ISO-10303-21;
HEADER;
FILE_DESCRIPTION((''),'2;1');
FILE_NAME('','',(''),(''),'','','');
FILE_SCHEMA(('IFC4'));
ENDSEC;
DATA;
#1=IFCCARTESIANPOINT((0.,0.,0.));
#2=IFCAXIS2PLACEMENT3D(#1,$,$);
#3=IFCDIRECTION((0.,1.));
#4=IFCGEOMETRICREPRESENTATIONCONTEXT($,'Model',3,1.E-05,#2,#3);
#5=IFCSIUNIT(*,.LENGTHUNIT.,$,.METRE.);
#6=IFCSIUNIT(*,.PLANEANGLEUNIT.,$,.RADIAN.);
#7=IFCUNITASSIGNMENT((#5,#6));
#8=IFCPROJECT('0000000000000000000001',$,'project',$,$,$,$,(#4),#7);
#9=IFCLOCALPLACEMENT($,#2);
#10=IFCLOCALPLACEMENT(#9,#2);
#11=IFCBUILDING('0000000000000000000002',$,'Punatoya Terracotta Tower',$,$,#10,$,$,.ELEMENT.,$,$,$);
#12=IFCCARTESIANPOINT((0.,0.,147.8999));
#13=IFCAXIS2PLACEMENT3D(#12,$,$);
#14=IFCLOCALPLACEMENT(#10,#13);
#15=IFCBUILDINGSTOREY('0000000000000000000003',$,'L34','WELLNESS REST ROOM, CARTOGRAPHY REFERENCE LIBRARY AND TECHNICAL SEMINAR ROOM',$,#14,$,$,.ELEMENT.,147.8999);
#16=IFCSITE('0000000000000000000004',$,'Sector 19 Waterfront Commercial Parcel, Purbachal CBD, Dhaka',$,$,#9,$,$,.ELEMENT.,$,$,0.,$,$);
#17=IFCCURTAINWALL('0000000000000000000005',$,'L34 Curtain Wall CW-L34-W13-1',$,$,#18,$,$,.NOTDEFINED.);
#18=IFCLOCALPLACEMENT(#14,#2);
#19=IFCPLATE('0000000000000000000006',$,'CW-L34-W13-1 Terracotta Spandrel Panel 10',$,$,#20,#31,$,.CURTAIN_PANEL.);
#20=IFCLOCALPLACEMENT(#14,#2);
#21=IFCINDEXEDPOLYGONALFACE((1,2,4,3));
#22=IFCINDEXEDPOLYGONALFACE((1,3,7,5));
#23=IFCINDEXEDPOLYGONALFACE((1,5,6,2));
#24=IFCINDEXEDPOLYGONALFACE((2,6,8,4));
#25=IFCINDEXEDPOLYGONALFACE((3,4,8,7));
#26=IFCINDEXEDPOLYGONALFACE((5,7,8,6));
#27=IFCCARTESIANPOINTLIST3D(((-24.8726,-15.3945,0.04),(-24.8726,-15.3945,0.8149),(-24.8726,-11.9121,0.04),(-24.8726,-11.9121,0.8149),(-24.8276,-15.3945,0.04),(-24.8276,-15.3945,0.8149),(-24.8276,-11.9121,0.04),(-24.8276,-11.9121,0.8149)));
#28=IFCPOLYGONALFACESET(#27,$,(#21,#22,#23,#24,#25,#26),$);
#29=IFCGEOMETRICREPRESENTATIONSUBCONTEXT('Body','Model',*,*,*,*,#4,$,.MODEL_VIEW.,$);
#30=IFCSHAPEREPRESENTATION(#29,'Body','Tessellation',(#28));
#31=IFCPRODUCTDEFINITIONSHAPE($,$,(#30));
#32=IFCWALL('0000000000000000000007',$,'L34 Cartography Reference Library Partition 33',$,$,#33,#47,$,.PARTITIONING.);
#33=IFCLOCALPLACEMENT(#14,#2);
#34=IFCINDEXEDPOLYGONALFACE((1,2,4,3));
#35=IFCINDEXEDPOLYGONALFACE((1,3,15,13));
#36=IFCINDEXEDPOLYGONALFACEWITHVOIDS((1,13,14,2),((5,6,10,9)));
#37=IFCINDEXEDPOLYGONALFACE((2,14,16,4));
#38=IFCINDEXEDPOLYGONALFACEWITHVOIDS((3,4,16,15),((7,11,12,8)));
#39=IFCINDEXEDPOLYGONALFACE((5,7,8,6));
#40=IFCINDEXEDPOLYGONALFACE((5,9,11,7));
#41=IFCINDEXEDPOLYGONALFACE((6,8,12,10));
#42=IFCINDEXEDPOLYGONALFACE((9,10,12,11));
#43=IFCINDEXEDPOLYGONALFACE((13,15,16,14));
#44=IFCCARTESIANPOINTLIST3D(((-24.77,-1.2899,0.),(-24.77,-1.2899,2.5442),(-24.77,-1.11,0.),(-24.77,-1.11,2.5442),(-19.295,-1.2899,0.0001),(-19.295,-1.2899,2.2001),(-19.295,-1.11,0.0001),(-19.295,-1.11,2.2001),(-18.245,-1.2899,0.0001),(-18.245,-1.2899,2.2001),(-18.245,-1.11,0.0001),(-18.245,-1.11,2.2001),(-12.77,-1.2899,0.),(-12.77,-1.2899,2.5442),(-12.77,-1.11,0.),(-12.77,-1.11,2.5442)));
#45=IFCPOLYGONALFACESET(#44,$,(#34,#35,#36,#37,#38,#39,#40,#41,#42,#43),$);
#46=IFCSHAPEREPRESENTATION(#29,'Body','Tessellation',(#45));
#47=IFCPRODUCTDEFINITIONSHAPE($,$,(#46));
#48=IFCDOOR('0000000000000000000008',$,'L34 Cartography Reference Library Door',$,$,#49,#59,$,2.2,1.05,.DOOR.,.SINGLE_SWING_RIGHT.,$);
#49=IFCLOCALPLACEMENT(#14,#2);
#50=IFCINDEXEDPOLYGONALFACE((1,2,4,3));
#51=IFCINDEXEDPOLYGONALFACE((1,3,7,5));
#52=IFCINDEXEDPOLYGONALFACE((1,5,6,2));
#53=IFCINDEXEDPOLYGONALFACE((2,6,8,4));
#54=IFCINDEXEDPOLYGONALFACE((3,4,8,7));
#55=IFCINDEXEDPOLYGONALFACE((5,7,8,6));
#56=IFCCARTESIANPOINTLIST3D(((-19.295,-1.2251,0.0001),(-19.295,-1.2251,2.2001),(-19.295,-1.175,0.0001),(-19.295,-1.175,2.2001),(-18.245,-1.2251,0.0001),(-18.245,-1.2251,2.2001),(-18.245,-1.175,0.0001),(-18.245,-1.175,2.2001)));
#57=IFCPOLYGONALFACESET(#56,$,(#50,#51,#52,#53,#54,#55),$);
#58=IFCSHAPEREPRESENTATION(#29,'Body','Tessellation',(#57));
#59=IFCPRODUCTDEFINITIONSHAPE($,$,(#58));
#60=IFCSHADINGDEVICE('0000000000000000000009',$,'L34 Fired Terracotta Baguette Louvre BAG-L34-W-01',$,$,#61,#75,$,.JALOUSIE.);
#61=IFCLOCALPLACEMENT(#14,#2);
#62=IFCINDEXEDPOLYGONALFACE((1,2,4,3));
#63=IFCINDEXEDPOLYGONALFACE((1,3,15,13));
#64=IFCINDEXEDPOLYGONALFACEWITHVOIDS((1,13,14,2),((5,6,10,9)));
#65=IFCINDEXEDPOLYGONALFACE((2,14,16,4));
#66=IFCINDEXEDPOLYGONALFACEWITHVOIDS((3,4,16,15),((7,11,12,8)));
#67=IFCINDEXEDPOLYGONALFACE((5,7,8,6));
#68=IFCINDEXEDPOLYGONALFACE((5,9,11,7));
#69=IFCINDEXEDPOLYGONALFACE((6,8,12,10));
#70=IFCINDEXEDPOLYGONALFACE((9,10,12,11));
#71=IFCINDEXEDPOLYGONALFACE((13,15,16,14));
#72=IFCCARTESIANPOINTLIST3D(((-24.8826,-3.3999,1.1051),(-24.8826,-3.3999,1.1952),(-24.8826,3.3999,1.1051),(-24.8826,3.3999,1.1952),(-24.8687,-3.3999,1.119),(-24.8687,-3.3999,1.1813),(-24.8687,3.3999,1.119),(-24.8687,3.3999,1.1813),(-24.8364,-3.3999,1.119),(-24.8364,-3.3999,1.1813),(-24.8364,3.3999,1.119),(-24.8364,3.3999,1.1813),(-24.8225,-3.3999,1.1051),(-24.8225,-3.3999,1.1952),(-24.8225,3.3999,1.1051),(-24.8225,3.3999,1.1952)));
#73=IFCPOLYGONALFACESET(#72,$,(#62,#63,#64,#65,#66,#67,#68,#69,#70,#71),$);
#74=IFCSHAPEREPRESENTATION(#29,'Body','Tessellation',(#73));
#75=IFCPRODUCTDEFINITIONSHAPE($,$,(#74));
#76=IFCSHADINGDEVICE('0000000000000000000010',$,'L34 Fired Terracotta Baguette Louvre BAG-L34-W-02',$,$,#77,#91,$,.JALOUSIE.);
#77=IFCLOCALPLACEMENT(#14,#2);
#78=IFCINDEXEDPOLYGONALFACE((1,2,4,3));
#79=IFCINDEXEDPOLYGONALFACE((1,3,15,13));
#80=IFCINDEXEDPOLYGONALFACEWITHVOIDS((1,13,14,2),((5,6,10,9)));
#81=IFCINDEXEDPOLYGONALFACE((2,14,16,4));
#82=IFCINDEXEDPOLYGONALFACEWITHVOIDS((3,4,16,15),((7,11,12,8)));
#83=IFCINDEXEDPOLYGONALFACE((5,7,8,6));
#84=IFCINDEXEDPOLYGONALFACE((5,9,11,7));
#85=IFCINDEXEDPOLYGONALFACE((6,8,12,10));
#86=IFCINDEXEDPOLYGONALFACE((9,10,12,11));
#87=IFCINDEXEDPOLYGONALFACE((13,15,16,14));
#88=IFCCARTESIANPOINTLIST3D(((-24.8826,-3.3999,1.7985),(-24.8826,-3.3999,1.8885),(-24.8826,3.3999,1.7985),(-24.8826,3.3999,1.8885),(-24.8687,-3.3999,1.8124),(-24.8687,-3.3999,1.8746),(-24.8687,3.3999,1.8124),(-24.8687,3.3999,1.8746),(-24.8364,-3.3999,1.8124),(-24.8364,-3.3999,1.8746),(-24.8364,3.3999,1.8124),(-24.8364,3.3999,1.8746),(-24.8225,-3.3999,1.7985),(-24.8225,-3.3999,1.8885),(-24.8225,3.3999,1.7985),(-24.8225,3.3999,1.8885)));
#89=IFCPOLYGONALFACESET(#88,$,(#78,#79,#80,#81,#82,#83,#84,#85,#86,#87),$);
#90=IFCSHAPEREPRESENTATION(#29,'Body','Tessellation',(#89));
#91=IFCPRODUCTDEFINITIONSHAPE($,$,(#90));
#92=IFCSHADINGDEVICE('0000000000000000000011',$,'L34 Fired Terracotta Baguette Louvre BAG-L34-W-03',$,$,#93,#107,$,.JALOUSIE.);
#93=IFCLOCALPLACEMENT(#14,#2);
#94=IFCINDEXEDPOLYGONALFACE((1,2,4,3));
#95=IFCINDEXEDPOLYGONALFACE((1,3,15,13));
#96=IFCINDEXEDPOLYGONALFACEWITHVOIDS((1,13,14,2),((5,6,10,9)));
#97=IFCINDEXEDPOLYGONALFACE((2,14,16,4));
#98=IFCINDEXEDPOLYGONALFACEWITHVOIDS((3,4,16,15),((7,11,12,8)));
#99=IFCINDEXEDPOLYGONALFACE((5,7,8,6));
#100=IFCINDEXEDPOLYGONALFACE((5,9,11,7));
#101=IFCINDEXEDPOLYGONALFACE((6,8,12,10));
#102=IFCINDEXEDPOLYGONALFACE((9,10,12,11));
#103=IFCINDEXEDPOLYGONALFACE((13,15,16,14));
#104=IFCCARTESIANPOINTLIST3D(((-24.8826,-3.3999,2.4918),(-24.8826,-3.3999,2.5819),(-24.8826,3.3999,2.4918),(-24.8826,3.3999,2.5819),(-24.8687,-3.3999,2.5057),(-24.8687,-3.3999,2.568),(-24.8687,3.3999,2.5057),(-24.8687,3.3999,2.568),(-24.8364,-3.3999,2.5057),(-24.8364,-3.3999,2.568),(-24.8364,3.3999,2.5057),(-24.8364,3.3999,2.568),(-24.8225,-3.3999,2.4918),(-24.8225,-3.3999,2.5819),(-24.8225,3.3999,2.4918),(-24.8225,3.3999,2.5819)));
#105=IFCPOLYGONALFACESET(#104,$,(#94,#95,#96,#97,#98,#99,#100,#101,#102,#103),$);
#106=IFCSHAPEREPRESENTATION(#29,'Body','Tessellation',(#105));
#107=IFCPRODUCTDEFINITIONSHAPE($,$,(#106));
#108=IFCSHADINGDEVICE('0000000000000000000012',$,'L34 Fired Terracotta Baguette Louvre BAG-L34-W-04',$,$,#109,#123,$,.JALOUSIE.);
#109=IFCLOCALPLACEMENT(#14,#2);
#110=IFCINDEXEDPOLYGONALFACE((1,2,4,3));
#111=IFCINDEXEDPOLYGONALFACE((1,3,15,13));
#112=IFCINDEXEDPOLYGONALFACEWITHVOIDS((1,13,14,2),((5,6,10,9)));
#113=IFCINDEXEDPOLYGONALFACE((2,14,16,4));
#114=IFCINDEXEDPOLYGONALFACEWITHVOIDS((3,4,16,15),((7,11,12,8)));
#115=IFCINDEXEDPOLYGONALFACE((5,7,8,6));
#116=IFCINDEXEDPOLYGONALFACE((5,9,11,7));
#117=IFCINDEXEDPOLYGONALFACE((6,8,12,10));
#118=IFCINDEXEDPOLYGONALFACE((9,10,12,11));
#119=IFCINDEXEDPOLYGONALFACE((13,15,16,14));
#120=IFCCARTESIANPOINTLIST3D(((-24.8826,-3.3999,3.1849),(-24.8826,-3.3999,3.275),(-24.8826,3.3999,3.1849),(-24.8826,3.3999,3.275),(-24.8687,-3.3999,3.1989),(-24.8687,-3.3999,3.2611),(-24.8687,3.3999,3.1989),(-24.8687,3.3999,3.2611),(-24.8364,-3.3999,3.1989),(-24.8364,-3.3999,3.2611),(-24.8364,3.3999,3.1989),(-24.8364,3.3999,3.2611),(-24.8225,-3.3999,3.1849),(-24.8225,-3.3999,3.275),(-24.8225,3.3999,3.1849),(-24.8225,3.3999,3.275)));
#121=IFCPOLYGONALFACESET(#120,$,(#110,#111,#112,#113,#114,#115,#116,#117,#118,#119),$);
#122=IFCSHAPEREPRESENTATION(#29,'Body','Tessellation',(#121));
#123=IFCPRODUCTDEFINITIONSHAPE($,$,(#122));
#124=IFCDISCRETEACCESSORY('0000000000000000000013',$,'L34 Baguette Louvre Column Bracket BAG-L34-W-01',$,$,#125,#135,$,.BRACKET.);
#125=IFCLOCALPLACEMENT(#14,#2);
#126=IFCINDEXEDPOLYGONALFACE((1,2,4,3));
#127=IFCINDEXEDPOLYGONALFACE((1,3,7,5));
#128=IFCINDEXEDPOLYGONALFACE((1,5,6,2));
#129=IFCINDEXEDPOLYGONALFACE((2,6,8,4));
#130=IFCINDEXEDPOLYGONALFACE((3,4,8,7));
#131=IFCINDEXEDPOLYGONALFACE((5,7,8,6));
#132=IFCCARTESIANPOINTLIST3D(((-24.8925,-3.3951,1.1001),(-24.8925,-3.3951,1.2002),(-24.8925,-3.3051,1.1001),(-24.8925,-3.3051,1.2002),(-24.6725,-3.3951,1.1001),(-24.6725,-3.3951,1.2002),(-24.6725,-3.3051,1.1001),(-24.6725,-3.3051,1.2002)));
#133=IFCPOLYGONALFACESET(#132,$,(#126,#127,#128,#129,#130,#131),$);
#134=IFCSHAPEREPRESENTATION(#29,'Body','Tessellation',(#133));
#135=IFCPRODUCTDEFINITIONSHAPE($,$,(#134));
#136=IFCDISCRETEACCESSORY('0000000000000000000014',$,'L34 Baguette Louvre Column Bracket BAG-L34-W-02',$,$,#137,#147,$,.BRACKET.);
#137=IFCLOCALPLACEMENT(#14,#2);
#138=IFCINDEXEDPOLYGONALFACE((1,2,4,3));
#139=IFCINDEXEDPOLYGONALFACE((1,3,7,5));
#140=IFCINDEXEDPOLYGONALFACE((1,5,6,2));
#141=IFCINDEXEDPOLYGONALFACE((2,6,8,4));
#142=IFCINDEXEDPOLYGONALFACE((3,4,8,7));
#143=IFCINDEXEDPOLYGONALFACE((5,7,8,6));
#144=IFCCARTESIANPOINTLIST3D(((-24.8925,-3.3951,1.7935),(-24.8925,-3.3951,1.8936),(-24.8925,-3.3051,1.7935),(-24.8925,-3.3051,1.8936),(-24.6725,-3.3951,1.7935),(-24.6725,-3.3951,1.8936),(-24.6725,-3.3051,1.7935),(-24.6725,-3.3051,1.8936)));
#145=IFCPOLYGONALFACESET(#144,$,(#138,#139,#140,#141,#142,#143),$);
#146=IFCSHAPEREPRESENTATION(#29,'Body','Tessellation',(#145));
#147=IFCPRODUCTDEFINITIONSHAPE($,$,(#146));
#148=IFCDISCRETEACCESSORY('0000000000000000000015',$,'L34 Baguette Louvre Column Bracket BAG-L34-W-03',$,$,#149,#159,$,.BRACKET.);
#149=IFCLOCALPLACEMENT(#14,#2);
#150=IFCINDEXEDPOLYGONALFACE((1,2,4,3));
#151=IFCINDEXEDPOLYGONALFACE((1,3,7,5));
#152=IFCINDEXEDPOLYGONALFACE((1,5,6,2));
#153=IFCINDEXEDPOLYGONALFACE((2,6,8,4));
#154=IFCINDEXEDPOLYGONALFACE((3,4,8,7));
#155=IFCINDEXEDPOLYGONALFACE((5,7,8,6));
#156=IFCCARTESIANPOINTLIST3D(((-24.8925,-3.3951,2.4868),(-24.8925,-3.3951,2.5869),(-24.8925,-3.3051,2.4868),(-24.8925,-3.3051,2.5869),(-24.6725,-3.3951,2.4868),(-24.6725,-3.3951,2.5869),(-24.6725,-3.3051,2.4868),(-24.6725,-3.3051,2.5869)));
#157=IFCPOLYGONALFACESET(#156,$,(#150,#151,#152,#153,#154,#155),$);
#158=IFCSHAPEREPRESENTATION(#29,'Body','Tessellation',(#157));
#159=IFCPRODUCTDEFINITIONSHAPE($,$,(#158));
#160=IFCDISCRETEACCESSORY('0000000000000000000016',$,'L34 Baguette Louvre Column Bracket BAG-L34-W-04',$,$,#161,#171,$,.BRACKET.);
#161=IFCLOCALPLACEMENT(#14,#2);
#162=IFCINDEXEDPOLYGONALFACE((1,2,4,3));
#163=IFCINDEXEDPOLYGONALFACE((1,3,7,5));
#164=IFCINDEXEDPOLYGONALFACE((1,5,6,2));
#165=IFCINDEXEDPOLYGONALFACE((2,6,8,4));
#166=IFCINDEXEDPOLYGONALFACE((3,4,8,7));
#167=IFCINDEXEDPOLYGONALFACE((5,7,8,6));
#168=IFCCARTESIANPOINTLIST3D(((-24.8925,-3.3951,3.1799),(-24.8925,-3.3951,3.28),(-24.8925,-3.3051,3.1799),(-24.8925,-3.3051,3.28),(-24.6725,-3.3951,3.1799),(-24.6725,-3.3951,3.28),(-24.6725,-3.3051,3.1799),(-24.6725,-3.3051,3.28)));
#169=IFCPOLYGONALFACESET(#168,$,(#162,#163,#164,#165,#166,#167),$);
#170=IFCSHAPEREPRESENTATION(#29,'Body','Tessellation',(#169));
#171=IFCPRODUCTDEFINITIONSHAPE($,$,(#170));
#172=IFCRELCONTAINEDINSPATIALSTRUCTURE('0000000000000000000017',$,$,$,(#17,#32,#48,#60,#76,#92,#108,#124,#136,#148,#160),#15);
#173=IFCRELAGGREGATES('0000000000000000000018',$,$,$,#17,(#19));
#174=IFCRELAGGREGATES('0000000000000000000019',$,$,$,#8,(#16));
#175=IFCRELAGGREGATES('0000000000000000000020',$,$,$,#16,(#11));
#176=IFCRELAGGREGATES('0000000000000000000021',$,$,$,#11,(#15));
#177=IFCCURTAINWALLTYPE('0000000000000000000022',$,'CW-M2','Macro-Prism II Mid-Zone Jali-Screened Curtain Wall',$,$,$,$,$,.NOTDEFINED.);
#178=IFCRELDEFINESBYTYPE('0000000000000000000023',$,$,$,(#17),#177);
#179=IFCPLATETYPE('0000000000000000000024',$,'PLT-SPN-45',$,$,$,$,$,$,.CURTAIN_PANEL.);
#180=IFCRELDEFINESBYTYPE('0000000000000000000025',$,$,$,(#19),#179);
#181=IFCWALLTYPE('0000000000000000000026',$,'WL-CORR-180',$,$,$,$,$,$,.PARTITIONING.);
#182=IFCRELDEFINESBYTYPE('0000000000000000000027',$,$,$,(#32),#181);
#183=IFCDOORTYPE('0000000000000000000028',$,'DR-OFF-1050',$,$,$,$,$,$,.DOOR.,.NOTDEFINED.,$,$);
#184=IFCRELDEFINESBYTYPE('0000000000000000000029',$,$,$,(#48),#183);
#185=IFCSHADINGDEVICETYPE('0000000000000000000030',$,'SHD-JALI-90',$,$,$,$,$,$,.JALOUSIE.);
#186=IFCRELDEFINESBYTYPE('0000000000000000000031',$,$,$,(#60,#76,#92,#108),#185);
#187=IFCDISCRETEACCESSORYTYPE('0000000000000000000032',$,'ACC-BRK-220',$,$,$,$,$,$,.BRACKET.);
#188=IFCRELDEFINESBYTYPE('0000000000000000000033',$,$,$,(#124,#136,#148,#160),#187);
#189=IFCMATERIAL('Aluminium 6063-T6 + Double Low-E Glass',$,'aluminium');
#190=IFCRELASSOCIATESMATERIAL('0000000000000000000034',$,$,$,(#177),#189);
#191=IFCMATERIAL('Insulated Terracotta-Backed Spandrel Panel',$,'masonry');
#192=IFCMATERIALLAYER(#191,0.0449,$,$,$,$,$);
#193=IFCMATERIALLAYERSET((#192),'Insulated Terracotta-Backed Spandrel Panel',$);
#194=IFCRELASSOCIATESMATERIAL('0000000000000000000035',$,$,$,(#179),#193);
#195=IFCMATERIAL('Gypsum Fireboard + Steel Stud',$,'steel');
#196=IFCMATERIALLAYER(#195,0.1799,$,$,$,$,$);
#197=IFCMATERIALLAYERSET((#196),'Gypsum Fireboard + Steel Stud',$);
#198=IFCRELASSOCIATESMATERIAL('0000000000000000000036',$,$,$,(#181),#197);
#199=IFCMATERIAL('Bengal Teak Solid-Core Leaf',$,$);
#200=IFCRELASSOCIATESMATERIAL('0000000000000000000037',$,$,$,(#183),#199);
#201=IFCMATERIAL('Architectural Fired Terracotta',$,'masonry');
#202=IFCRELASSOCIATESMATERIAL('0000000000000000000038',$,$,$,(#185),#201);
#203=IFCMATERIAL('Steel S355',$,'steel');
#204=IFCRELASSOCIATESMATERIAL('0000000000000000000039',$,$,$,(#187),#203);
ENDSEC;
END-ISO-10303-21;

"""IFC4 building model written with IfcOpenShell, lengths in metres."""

from ifc_helpers import new_model, si_unit, direction, frame, frame_2d, origin, origin_2d, place, context, subcontext, project, spatial, rectangle, hollow_rectangle, extrude, material, layer, layer_set, material_profile, profile_set, type_object, element, fill, aggregate, save


model = new_model("IFC4")

# Units and contexts
model_context = context("Model", 3, precision=1e-05, world=origin(), true_north=direction((0.0, 1.0)))
body_context = subcontext(model_context, "Body", "Model", "MODEL_VIEW")
ifc_project = project(units=[si_unit("LENGTHUNIT", "METRE"), si_unit("PLANEANGLEUNIT", "RADIAN")], contexts=[model_context])

# Site, building, storey
site_placement = place(None, origin())
site = spatial("IfcSite", under=ifc_project, at=site_placement, Name="Sector 19 Waterfront Commercial Parcel, Purbachal CBD, Dhaka", CompositionType="ELEMENT", RefElevation=0.0)
building_placement = place(site_placement, origin())
building = spatial("IfcBuilding", under=site, at=building_placement, Name="Punatoya Terracotta Tower", CompositionType="ELEMENT")
storey_placement = place(building_placement, frame((0.0, 0.0, 147.8999)))
storey = spatial("IfcBuildingStorey", under=building, at=storey_placement, Name="L34", Description="WELLNESS REST ROOM, CARTOGRAPHY REFERENCE LIBRARY AND TECHNICAL SEMINAR ROOM", CompositionType="ELEMENT", Elevation=147.8999)

# Curtain wall
ifc_material_1 = material(Name="Aluminium 6063-T6 + Double Low-E Glass", Category="aluminium")
curtain_wall_type = type_object("IfcCurtainWallType", Name="CW-M2", Description="Macro-Prism II Mid-Zone Jali-Screened Curtain Wall", PredefinedType="NOTDEFINED", material=ifc_material_1)
curtain_wall_1_placement = place(storey_placement, origin())
curtain_wall_1 = element("IfcCurtainWall", 1, at=curtain_wall_1_placement, inside=storey, type_object=curtain_wall_type, Name="L34 Curtain Wall CW-L34-W13-1", PredefinedType="NOTDEFINED")

# Shared definitions
ifc_material_2 = material(Name="Steel S355", Category="steel")

# Plate
ifc_material_3 = material(Name="Insulated Terracotta-Backed Spandrel Panel", Category="masonry")
ifc_layer_1 = layer(ifc_material_3, 0.0449)
ifc_layer_set_1 = layer_set([ifc_layer_1], Name="Insulated Terracotta-Backed Spandrel Panel")
plate_type_1 = type_object("IfcPlateType", Name="PLT-SPN-45", PredefinedType="CURTAIN_PANEL", material=ifc_layer_set_1)
plate_1_placement = place(storey_placement, frame((-24.8501, -13.6533, 0.04), z_axis=(0.0, 0.0, 1.0), x_axis=(0.0, -1.0, 0.0)))
plate_1 = element("IfcPlate", 2, at=plate_1_placement, type_object=plate_type_1, Name="CW-L34-W13-1 Terracotta Spandrel Panel 10", PredefinedType="CURTAIN_PANEL", context=body_context, shape_type="SweptSolid", body=[
    extrude(rectangle(XDim=3.4824, YDim=0.0449, at=origin_2d()), origin(), (0.0, 0.0, 1.0), 0.7749),
])
aggregate(curtain_wall_1, [plate_1])

# Wall, opening, door
ifc_material_4 = material(Name="Gypsum Fireboard + Steel Stud", Category="steel")
ifc_layer_2 = layer(ifc_material_4, 0.1799)
ifc_layer_set_2 = layer_set([ifc_layer_2], Name="Gypsum Fireboard + Steel Stud")
wall_type = type_object("IfcWallType", Name="WL-CORR-180", PredefinedType="PARTITIONING", material=ifc_layer_set_2)
wall_placement = place(storey_placement, frame((-24.77, -1.2, 0.0), z_axis=(0.0, 0.0, 1.0), x_axis=(1.0, 0.0, 0.0)))
wall = element("IfcWall", 3, at=wall_placement, inside=storey, type_object=wall_type, Name="L34 Cartography Reference Library Partition 33", PredefinedType="PARTITIONING", context=body_context, shape_type="SweptSolid", body=[
    extrude(rectangle(XDim=12.0, YDim=0.1799, at=frame_2d((6.0, 0.0))), origin(), (0.0, 0.0, 1.0), 2.5442),
])
opening_placement = place(wall_placement, frame((5.4751, 0.0, 0.0)))
opening = element("IfcOpeningElement", 4, at=opening_placement, cuts=wall, PredefinedType="OPENING", context=body_context, shape_type="SweptSolid", body=[
    extrude(rectangle(XDim=1.05, YDim=2.2, at=frame_2d((0.5249, 1.1001))), frame((0.0, 0.0999, 0.0), z_axis=(0.0, -1.0, 0.0), x_axis=(1.0, 0.0, 0.0)), (0.0, 0.0, 1.0), 0.2),
])
ifc_material_5 = material(Name="Bengal Teak Solid-Core Leaf")
door_type = type_object("IfcDoorType", Name="DR-OFF-1050", OperationType="NOTDEFINED", PredefinedType="DOOR", material=ifc_material_5)
door_placement = place(opening_placement, origin())
door = element("IfcDoor", 5, at=door_placement, inside=storey, type_object=door_type, Name="L34 Cartography Reference Library Door", OperationType="SINGLE_SWING_RIGHT", OverallHeight=2.2, OverallWidth=1.05, PredefinedType="DOOR", context=body_context, shape_type="SweptSolid", body=[
    extrude(rectangle(XDim=1.05, YDim=2.2, at=frame_2d((0.5249, 1.1001))), frame((0.0, 0.0249, 0.0), z_axis=(0.0, -1.0, 0.0), x_axis=(1.0, 0.0, 0.0)), (0.0, 0.0, 1.0), 0.05),
])
fill(opening, door)

# Shading devices
ifc_material_6 = material(Name="Architectural Fired Terracotta", Category="masonry")
ifc_material_profile_1 = material_profile(ifc_material_6, hollow_rectangle(XDim=0.0601, YDim=0.0901, WallThickness=0.0139, at=origin_2d()))
ifc_profile_set_1 = profile_set([ifc_material_profile_1], Name="Architectural Fired Terracotta")
shading_device_type = type_object("IfcShadingDeviceType", Name="SHD-JALI-90", PredefinedType="JALOUSIE", material=ifc_profile_set_1)
for number, where, z_axis, x_axis, name in (
    (6, (-24.8525, -3.3999, 1.1501), (0.0, 1.0, 0.0), (-1.0, 0.0, 0.0), "L34 Fired Terracotta Baguette Louvre BAG-L34-W-01"),
    (7, (-24.8525, -3.3999, 1.8435), (0.0, 1.0, 0.0), (-1.0, 0.0, 0.0), "L34 Fired Terracotta Baguette Louvre BAG-L34-W-02"),
    (8, (-24.8525, -3.3999, 2.5369), (0.0, 1.0, 0.0), (-1.0, 0.0, 0.0), "L34 Fired Terracotta Baguette Louvre BAG-L34-W-03"),
    (9, (-24.8525, -3.3999, 3.23), (0.0, 1.0, 0.0), (-1.0, 0.0, 0.0), "L34 Fired Terracotta Baguette Louvre BAG-L34-W-04"),
):
    element("IfcShadingDevice", number, at=place(storey_placement, frame(where, z_axis=z_axis, x_axis=x_axis)), inside=storey, type_object=shading_device_type, Name=name, PredefinedType="JALOUSIE", context=body_context, shape_type="SweptSolid", body=[
        extrude(hollow_rectangle(XDim=0.0601, YDim=0.0901, WallThickness=0.0139, at=origin_2d()), origin(), (0.0, 0.0, 1.0), 6.7998),
    ])

# Discrete accessories
discrete_accessory_type = type_object("IfcDiscreteAccessoryType", Name="ACC-BRK-220", PredefinedType="BRACKET", material=ifc_material_2)
for number, where, z_axis, x_axis, name in (
    (10, (-24.7825, -3.3501, 1.1001), (0.0, 0.0, 1.0), (0.0, 1.0, 0.0), "L34 Baguette Louvre Column Bracket BAG-L34-W-01"),
    (11, (-24.7825, -3.3501, 1.7935), (0.0, 0.0, 1.0), (0.0, 1.0, 0.0), "L34 Baguette Louvre Column Bracket BAG-L34-W-02"),
    (12, (-24.7825, -3.3501, 2.4868), (0.0, 0.0, 1.0), (0.0, 1.0, 0.0), "L34 Baguette Louvre Column Bracket BAG-L34-W-03"),
    (13, (-24.7825, -3.3501, 3.1799), (0.0, 0.0, 1.0), (0.0, 1.0, 0.0), "L34 Baguette Louvre Column Bracket BAG-L34-W-04"),
):
    element("IfcDiscreteAccessory", number, at=place(storey_placement, frame(where, z_axis=z_axis, x_axis=x_axis)), inside=storey, type_object=discrete_accessory_type, Name=name, PredefinedType="BRACKET", context=body_context, shape_type="SweptSolid", body=[
        extrude(rectangle(XDim=0.0901, YDim=0.22, at=origin_2d()), origin(), (0.0, 0.0, 1.0), 0.1001),
    ])

save(model, "model.ifc")
